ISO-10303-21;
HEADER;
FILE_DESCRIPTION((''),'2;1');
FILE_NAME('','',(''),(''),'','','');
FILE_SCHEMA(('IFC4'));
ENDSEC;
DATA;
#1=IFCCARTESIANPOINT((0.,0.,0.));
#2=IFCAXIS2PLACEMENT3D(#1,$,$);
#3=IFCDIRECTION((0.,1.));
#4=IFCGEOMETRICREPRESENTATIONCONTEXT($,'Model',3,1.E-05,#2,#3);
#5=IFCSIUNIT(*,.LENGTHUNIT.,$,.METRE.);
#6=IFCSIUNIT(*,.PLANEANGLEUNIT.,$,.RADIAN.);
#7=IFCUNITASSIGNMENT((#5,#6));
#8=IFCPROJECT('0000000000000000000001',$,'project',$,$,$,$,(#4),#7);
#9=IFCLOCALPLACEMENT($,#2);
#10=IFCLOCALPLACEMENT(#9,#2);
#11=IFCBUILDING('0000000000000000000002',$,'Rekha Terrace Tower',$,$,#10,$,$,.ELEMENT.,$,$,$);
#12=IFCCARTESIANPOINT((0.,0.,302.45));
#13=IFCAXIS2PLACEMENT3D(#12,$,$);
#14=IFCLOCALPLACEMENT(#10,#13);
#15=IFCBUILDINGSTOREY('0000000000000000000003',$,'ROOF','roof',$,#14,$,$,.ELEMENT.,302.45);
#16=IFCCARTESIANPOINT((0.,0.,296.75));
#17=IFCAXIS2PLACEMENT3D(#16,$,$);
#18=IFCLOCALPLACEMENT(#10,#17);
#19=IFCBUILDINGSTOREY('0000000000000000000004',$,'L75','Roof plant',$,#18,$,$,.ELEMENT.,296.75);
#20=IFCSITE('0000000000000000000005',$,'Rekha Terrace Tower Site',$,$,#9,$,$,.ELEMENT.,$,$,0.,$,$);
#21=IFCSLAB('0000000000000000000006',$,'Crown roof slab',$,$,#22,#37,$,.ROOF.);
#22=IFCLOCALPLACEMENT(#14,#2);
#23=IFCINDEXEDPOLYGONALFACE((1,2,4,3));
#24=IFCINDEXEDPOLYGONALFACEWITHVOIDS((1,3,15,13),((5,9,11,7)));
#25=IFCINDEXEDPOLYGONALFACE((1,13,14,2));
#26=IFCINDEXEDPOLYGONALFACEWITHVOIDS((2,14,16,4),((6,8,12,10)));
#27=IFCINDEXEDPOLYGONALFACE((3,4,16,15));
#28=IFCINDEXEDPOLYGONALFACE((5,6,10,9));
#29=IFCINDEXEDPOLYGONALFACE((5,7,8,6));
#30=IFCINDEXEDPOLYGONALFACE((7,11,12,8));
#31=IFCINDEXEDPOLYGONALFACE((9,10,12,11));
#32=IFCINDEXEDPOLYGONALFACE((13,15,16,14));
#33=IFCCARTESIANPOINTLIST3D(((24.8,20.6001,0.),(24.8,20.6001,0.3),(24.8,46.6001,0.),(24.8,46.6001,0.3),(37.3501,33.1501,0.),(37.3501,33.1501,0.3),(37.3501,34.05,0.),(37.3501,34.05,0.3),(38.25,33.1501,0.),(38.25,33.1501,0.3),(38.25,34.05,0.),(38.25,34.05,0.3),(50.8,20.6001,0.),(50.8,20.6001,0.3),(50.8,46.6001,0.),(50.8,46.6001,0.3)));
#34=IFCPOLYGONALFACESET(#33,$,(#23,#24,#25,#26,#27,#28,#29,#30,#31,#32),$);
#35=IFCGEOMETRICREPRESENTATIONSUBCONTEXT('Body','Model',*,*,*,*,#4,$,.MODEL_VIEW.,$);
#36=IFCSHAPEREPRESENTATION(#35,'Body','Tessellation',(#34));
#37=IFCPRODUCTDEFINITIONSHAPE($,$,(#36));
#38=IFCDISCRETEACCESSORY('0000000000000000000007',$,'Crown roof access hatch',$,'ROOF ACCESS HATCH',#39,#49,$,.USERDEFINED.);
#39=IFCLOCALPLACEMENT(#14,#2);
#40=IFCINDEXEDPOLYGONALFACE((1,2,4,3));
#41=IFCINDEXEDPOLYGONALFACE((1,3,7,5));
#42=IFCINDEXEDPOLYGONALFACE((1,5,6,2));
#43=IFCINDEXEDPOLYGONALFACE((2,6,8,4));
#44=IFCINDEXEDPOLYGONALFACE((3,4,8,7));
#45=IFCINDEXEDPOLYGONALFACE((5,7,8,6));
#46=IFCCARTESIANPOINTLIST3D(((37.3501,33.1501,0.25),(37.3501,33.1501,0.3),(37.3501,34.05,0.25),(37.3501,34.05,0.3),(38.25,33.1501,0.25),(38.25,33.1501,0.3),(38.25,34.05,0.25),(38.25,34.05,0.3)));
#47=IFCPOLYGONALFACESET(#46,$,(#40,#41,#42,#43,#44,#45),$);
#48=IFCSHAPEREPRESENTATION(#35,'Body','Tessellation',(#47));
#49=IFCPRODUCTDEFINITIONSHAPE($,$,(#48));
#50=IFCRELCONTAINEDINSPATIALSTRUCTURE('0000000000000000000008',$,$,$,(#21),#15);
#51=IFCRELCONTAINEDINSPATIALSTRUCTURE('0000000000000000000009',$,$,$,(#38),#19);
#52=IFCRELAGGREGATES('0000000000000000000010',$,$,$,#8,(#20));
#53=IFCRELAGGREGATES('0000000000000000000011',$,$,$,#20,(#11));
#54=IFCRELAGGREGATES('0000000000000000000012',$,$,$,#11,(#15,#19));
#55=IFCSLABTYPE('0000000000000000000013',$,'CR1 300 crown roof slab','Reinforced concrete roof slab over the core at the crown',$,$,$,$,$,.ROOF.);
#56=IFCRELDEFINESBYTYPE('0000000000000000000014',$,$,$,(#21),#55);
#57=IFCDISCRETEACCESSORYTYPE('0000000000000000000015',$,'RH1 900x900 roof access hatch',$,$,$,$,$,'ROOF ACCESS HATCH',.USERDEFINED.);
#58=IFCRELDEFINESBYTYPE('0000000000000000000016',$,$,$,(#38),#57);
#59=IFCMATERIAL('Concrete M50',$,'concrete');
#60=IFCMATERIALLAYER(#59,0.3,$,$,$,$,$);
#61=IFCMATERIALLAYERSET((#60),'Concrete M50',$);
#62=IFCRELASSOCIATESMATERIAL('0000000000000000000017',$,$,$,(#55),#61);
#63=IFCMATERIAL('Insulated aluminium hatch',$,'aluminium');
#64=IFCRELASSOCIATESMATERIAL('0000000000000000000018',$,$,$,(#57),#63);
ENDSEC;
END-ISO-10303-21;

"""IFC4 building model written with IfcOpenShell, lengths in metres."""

from ifc_helpers import new_model, si_unit, direction, frame, origin, origin_2d, place, context, subcontext, project, spatial, polyline, rectangle, outline, extrude, material, layer, layer_set, type_object, element, fill, save


model = new_model("IFC4")

# Units and contexts
model_context = context("Model", 3, precision=1e-05, world=origin(), true_north=direction((0.0, 1.0)))
body_context = subcontext(model_context, "Body", "Model", "MODEL_VIEW")
ifc_project = project(units=[si_unit("LENGTHUNIT", "METRE"), si_unit("PLANEANGLEUNIT", "RADIAN")], contexts=[model_context])

# Site, building, storey
site_placement = place(None, origin())
site = spatial("IfcSite", under=ifc_project, at=site_placement, Name="Rekha Terrace Tower Site", CompositionType="ELEMENT", RefElevation=0.0)
building_placement = place(site_placement, origin())
building = spatial("IfcBuilding", under=site, at=building_placement, Name="Rekha Terrace Tower", CompositionType="ELEMENT")
storey_1_placement = place(building_placement, frame((0.0, 0.0, 302.45)))
storey_1 = spatial("IfcBuildingStorey", under=building, at=storey_1_placement, Name="ROOF", Description="roof", CompositionType="ELEMENT", Elevation=302.45)

# Slab, opening
ifc_material_1 = material(Name="Concrete M50", Category="concrete")
ifc_layer = layer(ifc_material_1, 0.3)
ifc_layer_set = layer_set([ifc_layer], Name="Concrete M50")
slab_type = type_object("IfcSlabType", Name="CR1 300 crown roof slab", Description="Reinforced concrete roof slab over the core at the crown", PredefinedType="ROOF", material=ifc_layer_set)
slab_placement = place(storey_1_placement, origin())
slab = element("IfcSlab", 1, at=slab_placement, inside=storey_1, type_object=slab_type, Name="Crown roof slab", PredefinedType="ROOF", context=body_context, shape_type="SweptSolid", body=[
    extrude(outline(polyline([(50.8, 20.6001), (50.8, 46.6001), (24.8, 46.6001), (24.8, 20.6001), (50.8, 20.6001)])), origin(), (0.0, 0.0, 1.0), 0.3),
])
opening_placement = place(slab_placement, frame((37.8, 33.6001, 0.0)))
opening = element("IfcOpeningElement", 2, at=opening_placement, cuts=slab, PredefinedType="OPENING", context=body_context, shape_type="SweptSolid", body=[
    extrude(rectangle(XDim=0.8999, YDim=0.8999, at=origin_2d()), origin(), (0.0, 0.0, 1.0), 0.3),
])

# Shared definitions
storey_2_placement = place(building_placement, frame((0.0, 0.0, 296.75)))
storey_2 = spatial("IfcBuildingStorey", under=building, at=storey_2_placement, Name="L75", Description="Roof plant", CompositionType="ELEMENT", Elevation=296.75)

# Discrete accessory
ifc_material_2 = material(Name="Insulated aluminium hatch", Category="aluminium")
discrete_accessory_type = type_object("IfcDiscreteAccessoryType", Name="RH1 900x900 roof access hatch", ElementType="ROOF ACCESS HATCH", PredefinedType="USERDEFINED", material=ifc_material_2)
discrete_accessory_placement = place(opening_placement, frame((0.0, 0.0, 0.25)))
discrete_accessory = element("IfcDiscreteAccessory", 3, at=discrete_accessory_placement, inside=storey_2, type_object=discrete_accessory_type, Name="Crown roof access hatch", ObjectType="ROOF ACCESS HATCH", PredefinedType="USERDEFINED", context=body_context, shape_type="SweptSolid", body=[
    extrude(rectangle(XDim=0.8999, YDim=0.8999, at=origin_2d()), origin(), (0.0, 0.0, 1.0), 0.05),
])
fill(opening, discrete_accessory)

save(model, "model.ifc")
